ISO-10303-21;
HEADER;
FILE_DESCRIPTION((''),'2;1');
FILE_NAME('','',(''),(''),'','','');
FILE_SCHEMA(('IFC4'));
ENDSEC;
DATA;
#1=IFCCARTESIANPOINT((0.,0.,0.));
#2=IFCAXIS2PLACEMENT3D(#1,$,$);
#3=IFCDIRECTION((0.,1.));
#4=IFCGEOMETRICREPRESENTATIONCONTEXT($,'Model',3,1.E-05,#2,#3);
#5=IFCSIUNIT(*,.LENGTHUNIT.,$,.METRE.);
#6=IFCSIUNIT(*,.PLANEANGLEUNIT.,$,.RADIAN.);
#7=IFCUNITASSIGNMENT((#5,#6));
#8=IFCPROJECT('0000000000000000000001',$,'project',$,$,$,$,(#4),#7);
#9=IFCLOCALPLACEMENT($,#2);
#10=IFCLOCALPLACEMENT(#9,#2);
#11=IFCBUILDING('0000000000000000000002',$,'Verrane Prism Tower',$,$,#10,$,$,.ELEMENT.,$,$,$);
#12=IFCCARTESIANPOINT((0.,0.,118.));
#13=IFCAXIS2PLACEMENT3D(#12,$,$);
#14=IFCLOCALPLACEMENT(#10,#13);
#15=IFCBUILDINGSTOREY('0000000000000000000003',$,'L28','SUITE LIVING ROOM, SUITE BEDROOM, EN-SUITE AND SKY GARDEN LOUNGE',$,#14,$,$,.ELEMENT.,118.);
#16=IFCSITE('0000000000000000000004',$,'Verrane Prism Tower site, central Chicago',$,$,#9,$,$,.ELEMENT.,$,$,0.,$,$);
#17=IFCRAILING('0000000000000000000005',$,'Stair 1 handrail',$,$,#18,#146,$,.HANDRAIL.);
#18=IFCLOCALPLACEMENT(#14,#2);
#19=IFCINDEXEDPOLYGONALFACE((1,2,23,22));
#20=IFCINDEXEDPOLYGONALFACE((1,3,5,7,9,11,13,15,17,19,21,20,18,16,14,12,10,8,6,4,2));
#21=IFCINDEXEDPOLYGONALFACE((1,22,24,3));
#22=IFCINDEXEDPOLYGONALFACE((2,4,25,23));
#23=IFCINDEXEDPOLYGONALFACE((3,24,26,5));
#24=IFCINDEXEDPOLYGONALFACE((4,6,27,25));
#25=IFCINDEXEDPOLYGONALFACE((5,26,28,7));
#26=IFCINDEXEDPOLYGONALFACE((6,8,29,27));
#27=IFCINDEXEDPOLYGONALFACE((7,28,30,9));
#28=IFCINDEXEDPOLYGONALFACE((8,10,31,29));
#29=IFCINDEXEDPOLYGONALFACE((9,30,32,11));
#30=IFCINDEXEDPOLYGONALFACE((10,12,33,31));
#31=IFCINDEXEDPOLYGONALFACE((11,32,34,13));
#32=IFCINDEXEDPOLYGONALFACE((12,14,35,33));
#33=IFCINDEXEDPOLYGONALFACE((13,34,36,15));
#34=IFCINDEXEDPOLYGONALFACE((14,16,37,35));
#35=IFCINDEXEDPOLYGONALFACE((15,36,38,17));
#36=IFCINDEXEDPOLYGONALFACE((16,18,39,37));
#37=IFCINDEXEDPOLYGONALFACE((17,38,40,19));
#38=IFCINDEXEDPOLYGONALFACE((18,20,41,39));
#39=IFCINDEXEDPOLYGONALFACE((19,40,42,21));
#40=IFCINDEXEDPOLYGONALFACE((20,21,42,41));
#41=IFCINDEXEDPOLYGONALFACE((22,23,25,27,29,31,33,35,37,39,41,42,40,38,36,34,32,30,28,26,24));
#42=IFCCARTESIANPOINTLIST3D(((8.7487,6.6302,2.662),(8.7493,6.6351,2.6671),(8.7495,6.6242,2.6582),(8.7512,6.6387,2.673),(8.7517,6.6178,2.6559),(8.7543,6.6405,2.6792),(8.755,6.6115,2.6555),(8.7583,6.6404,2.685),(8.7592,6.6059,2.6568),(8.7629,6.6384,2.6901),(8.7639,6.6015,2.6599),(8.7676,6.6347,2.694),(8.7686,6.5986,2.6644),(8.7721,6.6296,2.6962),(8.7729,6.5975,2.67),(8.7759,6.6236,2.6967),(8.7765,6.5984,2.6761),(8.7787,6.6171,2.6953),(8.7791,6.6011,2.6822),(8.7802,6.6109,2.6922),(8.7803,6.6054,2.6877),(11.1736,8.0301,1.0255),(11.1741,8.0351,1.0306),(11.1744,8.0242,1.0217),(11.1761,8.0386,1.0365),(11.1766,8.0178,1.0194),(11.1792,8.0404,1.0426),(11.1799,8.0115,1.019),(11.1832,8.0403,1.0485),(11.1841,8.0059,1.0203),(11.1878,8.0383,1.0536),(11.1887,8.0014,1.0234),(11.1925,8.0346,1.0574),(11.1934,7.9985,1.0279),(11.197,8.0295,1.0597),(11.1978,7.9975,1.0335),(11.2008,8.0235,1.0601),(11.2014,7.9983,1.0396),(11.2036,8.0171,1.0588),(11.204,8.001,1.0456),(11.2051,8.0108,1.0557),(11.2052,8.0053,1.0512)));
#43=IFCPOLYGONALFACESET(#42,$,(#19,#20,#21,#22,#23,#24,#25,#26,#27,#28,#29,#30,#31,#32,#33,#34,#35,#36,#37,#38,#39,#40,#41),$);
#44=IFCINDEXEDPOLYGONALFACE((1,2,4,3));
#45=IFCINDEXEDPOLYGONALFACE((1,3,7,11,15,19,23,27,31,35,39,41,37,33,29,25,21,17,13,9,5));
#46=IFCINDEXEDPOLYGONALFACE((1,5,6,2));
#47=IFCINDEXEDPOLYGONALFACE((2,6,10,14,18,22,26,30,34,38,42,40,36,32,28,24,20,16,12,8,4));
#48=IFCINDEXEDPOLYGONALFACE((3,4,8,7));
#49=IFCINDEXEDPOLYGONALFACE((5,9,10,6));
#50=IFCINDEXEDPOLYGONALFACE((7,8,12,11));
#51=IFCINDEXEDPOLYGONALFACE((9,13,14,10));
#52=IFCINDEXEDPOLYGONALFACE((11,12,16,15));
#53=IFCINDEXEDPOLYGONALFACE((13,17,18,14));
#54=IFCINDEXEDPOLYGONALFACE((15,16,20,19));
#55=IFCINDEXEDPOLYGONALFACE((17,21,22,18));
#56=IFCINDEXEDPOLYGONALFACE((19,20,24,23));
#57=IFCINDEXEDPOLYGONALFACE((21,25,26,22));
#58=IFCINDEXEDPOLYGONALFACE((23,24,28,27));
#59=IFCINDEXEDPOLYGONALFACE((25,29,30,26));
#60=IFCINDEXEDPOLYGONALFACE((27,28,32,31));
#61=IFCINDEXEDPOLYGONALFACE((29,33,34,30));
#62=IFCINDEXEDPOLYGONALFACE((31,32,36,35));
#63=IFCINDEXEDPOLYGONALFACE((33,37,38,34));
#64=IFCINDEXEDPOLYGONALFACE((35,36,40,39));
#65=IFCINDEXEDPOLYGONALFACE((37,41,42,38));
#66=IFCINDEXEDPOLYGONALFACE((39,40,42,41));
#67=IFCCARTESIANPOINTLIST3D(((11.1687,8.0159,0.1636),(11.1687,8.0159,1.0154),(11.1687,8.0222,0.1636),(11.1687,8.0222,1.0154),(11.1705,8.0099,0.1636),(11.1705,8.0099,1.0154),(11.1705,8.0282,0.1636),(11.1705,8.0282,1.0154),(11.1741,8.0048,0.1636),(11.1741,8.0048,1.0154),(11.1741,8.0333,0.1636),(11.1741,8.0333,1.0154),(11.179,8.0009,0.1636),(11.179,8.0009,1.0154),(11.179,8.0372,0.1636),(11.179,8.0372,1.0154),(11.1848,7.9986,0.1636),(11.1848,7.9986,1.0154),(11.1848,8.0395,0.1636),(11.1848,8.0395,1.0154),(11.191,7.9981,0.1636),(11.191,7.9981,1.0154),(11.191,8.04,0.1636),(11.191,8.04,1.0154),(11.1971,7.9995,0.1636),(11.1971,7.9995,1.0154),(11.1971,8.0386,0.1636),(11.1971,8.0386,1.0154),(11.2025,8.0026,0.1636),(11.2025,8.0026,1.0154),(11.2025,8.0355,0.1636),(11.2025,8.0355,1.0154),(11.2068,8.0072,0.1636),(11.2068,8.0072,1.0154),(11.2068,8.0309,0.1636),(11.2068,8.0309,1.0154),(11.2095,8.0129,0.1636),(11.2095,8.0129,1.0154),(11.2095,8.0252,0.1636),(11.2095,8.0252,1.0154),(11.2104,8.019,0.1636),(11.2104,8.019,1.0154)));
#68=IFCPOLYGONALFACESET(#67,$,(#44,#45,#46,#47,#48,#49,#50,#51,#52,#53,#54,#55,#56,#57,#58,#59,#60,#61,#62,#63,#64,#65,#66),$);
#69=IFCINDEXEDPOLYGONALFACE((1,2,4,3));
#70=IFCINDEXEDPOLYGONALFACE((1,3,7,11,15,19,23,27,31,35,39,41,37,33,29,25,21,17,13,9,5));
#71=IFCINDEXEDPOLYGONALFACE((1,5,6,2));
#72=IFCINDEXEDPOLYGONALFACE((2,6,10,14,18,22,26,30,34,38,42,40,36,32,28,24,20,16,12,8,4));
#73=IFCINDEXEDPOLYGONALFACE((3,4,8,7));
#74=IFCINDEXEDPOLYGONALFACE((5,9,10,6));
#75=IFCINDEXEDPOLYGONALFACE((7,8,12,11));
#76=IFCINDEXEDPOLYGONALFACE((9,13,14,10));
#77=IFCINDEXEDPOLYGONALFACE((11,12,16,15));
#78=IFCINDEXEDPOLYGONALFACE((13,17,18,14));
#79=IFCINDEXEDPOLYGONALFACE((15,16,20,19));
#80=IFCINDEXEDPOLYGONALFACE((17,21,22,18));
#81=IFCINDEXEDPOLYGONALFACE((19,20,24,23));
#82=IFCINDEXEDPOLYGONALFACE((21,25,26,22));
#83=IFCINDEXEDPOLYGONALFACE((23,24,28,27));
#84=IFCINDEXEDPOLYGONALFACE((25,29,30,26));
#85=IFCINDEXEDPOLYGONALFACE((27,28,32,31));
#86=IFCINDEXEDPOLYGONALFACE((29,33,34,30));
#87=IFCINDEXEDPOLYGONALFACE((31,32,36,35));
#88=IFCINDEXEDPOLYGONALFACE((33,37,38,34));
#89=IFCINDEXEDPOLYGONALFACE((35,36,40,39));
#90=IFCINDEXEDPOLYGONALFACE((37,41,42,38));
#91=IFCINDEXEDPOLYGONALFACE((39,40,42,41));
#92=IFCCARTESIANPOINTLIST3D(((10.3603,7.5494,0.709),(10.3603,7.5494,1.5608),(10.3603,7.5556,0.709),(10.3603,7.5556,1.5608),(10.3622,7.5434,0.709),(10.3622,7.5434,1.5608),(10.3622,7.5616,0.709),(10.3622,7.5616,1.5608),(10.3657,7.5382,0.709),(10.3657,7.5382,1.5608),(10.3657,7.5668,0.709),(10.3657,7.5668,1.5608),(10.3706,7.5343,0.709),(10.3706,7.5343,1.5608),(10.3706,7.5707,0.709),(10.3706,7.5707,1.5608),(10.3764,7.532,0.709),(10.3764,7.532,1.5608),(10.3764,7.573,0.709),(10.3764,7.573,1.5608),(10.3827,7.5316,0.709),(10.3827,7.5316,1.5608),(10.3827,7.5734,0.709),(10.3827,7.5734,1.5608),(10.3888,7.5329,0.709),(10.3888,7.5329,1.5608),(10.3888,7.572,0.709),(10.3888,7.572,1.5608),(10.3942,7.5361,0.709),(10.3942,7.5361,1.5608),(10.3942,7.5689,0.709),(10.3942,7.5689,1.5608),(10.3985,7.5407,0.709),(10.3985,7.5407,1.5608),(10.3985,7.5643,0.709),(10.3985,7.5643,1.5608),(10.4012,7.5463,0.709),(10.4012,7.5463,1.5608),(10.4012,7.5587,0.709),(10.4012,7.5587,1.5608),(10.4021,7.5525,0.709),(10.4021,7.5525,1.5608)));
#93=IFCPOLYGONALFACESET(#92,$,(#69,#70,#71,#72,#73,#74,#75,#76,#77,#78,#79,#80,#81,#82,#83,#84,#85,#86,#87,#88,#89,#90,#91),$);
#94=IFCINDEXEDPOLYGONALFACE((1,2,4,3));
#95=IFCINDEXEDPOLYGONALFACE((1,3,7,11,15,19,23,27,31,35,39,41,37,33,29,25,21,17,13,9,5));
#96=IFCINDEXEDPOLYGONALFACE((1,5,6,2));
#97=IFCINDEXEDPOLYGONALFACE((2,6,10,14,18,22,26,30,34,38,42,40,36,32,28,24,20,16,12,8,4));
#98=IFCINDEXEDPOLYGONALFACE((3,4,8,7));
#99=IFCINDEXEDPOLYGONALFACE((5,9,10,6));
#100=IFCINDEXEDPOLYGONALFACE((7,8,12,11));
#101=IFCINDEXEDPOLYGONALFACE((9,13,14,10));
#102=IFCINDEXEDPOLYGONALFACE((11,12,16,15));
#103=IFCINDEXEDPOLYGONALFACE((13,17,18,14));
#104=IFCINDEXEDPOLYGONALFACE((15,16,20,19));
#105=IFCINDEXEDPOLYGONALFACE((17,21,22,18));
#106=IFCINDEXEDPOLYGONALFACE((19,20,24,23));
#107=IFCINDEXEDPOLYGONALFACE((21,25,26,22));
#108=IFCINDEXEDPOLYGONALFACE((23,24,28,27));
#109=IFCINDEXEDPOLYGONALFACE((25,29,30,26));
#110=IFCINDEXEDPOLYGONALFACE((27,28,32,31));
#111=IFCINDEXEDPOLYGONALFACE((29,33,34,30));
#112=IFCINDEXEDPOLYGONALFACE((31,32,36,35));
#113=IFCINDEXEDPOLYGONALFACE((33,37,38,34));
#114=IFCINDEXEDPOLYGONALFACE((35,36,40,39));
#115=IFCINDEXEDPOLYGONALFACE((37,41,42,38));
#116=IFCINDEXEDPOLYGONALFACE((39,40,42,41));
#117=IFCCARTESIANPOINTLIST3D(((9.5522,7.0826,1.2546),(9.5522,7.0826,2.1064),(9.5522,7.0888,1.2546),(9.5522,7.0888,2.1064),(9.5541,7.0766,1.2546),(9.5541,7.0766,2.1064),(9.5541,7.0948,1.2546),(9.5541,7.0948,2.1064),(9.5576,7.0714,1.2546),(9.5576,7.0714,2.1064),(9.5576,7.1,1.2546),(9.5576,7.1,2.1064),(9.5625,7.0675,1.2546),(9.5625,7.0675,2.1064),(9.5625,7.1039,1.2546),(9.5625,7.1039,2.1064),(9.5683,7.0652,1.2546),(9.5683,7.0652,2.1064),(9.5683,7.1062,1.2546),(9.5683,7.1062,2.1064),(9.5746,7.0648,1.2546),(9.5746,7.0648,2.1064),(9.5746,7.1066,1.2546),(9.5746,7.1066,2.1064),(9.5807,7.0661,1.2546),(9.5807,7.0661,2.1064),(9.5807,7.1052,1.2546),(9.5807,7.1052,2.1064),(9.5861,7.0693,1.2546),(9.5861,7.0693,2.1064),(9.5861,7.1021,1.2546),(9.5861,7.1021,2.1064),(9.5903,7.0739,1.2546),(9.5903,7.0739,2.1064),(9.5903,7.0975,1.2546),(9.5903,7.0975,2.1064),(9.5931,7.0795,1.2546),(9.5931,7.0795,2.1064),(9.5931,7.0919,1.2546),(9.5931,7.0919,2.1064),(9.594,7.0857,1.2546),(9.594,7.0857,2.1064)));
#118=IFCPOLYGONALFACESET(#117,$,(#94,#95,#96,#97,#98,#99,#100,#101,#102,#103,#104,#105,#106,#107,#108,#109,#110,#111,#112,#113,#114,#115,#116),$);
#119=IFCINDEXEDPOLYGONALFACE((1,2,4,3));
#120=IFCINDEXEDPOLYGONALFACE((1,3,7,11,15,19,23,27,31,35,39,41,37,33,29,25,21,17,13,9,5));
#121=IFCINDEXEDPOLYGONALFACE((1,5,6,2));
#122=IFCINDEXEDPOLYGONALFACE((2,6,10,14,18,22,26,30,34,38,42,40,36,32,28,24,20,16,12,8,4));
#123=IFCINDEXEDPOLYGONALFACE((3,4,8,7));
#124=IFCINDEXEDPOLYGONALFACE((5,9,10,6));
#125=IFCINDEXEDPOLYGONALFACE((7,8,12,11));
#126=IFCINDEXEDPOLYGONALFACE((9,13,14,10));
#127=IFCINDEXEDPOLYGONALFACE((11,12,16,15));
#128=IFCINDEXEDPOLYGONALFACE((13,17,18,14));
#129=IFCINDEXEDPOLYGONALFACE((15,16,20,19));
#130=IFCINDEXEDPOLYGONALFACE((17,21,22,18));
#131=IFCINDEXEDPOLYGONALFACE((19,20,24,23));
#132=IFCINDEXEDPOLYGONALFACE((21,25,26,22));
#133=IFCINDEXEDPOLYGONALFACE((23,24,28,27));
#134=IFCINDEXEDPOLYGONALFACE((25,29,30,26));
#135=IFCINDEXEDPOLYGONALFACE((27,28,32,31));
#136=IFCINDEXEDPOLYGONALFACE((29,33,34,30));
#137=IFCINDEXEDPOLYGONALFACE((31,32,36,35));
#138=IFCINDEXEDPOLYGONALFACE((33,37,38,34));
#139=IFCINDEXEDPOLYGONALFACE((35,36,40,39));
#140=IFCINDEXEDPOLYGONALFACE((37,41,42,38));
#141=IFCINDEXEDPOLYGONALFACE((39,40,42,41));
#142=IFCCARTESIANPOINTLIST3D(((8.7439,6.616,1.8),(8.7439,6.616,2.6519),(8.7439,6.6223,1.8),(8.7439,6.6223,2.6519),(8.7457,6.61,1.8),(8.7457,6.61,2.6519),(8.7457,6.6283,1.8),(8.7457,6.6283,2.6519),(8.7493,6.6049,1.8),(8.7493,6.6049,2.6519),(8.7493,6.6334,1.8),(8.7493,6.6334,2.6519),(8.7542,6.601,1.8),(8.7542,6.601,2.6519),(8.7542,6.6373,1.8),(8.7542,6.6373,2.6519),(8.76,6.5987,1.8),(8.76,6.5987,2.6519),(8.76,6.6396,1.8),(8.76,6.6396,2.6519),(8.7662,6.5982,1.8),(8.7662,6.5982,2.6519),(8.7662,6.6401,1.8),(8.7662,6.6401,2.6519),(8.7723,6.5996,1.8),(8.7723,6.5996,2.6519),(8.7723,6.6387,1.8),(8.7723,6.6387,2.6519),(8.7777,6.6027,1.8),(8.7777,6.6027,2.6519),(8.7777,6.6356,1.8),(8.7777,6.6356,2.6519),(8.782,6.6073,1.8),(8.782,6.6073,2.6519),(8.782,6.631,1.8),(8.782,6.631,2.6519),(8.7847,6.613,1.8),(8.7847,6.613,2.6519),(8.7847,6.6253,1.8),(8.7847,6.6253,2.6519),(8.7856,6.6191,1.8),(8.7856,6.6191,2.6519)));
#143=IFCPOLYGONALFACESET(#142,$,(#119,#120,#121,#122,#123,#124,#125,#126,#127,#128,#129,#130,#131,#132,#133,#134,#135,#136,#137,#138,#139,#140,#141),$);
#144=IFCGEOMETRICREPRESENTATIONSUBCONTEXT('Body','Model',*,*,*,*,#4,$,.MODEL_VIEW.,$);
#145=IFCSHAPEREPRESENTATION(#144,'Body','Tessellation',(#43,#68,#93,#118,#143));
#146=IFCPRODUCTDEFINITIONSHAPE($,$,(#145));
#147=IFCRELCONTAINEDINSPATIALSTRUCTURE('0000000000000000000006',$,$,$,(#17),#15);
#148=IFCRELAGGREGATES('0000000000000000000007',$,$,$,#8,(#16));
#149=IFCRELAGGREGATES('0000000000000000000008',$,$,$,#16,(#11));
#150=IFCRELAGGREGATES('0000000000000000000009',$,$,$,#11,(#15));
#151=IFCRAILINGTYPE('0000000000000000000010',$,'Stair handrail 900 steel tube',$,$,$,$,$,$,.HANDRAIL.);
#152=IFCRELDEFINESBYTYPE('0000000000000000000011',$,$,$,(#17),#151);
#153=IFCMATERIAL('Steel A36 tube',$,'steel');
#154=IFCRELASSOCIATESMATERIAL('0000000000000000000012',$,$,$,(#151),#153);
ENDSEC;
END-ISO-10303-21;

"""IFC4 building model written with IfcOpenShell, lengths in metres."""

from ifc_helpers import new_model, si_unit, direction, frame, origin, origin_2d, place, context, subcontext, project, spatial, circle, extrude, material, type_object, element, save


model = new_model("IFC4")

# Units and contexts
model_context = context("Model", 3, precision=1e-05, world=origin(), true_north=direction((0.0, 1.0)))
body_context = subcontext(model_context, "Body", "Model", "MODEL_VIEW")
ifc_project = project(units=[si_unit("LENGTHUNIT", "METRE"), si_unit("PLANEANGLEUNIT", "RADIAN")], contexts=[model_context])

# Site, building, storey
site_placement = place(None, origin())
site = spatial("IfcSite", under=ifc_project, at=site_placement, Name="Verrane Prism Tower site, central Chicago", CompositionType="ELEMENT", RefElevation=0.0)
building_placement = place(site_placement, origin())
building = spatial("IfcBuilding", under=site, at=building_placement, Name="Verrane Prism Tower", CompositionType="ELEMENT")
storey_placement = place(building_placement, frame((0.0, 0.0, 118.0)))
storey = spatial("IfcBuildingStorey", under=building, at=storey_placement, Name="L28", Description="SUITE LIVING ROOM, SUITE BEDROOM, EN-SUITE AND SKY GARDEN LOUNGE", CompositionType="ELEMENT", Elevation=118.0)

# Railing
ifc_material_1 = material(Name="Steel A36 tube", Category="steel")
railing_type_1 = type_object("IfcRailingType", Name="Stair handrail 900 steel tube", PredefinedType="HANDRAIL", material=ifc_material_1)
railing_1_placement = place(storey_placement, frame((11.1895, 8.019, 0.1636)))
element("IfcRailing", 1, at=railing_1_placement, inside=storey, type_object=railing_type_1, Name="Stair 1 handrail", PredefinedType="HANDRAIL", context=body_context, shape_type="SweptSolid", body=[
    extrude(circle(Radius=0.0239, at=origin_2d()), frame((0.0, 0.0, 0.876), z_axis=(-0.74769, -0.431661, 0.504608), x_axis=(0.499984, -0.866035, 0.0)), (0.0, 0.0, 1.0), 3.2432),
    extrude(circle(Radius=0.021, at=origin_2d()), origin(), (0.0, 0.0, 1.0), 0.8518),
    extrude(circle(Radius=0.021, at=origin_2d()), frame((-0.8083, -0.4666, 0.5454)), (0.0, 0.0, 1.0), 0.8518),
    extrude(circle(Radius=0.021, at=origin_2d()), frame((-1.6165, -0.9333, 1.0911)), (0.0, 0.0, 1.0), 0.8518),
    extrude(circle(Radius=0.021, at=origin_2d()), frame((-2.4248, -1.3999, 1.6365)), (0.0, 0.0, 1.0), 0.8518),
])

save(model, "model.ifc")
